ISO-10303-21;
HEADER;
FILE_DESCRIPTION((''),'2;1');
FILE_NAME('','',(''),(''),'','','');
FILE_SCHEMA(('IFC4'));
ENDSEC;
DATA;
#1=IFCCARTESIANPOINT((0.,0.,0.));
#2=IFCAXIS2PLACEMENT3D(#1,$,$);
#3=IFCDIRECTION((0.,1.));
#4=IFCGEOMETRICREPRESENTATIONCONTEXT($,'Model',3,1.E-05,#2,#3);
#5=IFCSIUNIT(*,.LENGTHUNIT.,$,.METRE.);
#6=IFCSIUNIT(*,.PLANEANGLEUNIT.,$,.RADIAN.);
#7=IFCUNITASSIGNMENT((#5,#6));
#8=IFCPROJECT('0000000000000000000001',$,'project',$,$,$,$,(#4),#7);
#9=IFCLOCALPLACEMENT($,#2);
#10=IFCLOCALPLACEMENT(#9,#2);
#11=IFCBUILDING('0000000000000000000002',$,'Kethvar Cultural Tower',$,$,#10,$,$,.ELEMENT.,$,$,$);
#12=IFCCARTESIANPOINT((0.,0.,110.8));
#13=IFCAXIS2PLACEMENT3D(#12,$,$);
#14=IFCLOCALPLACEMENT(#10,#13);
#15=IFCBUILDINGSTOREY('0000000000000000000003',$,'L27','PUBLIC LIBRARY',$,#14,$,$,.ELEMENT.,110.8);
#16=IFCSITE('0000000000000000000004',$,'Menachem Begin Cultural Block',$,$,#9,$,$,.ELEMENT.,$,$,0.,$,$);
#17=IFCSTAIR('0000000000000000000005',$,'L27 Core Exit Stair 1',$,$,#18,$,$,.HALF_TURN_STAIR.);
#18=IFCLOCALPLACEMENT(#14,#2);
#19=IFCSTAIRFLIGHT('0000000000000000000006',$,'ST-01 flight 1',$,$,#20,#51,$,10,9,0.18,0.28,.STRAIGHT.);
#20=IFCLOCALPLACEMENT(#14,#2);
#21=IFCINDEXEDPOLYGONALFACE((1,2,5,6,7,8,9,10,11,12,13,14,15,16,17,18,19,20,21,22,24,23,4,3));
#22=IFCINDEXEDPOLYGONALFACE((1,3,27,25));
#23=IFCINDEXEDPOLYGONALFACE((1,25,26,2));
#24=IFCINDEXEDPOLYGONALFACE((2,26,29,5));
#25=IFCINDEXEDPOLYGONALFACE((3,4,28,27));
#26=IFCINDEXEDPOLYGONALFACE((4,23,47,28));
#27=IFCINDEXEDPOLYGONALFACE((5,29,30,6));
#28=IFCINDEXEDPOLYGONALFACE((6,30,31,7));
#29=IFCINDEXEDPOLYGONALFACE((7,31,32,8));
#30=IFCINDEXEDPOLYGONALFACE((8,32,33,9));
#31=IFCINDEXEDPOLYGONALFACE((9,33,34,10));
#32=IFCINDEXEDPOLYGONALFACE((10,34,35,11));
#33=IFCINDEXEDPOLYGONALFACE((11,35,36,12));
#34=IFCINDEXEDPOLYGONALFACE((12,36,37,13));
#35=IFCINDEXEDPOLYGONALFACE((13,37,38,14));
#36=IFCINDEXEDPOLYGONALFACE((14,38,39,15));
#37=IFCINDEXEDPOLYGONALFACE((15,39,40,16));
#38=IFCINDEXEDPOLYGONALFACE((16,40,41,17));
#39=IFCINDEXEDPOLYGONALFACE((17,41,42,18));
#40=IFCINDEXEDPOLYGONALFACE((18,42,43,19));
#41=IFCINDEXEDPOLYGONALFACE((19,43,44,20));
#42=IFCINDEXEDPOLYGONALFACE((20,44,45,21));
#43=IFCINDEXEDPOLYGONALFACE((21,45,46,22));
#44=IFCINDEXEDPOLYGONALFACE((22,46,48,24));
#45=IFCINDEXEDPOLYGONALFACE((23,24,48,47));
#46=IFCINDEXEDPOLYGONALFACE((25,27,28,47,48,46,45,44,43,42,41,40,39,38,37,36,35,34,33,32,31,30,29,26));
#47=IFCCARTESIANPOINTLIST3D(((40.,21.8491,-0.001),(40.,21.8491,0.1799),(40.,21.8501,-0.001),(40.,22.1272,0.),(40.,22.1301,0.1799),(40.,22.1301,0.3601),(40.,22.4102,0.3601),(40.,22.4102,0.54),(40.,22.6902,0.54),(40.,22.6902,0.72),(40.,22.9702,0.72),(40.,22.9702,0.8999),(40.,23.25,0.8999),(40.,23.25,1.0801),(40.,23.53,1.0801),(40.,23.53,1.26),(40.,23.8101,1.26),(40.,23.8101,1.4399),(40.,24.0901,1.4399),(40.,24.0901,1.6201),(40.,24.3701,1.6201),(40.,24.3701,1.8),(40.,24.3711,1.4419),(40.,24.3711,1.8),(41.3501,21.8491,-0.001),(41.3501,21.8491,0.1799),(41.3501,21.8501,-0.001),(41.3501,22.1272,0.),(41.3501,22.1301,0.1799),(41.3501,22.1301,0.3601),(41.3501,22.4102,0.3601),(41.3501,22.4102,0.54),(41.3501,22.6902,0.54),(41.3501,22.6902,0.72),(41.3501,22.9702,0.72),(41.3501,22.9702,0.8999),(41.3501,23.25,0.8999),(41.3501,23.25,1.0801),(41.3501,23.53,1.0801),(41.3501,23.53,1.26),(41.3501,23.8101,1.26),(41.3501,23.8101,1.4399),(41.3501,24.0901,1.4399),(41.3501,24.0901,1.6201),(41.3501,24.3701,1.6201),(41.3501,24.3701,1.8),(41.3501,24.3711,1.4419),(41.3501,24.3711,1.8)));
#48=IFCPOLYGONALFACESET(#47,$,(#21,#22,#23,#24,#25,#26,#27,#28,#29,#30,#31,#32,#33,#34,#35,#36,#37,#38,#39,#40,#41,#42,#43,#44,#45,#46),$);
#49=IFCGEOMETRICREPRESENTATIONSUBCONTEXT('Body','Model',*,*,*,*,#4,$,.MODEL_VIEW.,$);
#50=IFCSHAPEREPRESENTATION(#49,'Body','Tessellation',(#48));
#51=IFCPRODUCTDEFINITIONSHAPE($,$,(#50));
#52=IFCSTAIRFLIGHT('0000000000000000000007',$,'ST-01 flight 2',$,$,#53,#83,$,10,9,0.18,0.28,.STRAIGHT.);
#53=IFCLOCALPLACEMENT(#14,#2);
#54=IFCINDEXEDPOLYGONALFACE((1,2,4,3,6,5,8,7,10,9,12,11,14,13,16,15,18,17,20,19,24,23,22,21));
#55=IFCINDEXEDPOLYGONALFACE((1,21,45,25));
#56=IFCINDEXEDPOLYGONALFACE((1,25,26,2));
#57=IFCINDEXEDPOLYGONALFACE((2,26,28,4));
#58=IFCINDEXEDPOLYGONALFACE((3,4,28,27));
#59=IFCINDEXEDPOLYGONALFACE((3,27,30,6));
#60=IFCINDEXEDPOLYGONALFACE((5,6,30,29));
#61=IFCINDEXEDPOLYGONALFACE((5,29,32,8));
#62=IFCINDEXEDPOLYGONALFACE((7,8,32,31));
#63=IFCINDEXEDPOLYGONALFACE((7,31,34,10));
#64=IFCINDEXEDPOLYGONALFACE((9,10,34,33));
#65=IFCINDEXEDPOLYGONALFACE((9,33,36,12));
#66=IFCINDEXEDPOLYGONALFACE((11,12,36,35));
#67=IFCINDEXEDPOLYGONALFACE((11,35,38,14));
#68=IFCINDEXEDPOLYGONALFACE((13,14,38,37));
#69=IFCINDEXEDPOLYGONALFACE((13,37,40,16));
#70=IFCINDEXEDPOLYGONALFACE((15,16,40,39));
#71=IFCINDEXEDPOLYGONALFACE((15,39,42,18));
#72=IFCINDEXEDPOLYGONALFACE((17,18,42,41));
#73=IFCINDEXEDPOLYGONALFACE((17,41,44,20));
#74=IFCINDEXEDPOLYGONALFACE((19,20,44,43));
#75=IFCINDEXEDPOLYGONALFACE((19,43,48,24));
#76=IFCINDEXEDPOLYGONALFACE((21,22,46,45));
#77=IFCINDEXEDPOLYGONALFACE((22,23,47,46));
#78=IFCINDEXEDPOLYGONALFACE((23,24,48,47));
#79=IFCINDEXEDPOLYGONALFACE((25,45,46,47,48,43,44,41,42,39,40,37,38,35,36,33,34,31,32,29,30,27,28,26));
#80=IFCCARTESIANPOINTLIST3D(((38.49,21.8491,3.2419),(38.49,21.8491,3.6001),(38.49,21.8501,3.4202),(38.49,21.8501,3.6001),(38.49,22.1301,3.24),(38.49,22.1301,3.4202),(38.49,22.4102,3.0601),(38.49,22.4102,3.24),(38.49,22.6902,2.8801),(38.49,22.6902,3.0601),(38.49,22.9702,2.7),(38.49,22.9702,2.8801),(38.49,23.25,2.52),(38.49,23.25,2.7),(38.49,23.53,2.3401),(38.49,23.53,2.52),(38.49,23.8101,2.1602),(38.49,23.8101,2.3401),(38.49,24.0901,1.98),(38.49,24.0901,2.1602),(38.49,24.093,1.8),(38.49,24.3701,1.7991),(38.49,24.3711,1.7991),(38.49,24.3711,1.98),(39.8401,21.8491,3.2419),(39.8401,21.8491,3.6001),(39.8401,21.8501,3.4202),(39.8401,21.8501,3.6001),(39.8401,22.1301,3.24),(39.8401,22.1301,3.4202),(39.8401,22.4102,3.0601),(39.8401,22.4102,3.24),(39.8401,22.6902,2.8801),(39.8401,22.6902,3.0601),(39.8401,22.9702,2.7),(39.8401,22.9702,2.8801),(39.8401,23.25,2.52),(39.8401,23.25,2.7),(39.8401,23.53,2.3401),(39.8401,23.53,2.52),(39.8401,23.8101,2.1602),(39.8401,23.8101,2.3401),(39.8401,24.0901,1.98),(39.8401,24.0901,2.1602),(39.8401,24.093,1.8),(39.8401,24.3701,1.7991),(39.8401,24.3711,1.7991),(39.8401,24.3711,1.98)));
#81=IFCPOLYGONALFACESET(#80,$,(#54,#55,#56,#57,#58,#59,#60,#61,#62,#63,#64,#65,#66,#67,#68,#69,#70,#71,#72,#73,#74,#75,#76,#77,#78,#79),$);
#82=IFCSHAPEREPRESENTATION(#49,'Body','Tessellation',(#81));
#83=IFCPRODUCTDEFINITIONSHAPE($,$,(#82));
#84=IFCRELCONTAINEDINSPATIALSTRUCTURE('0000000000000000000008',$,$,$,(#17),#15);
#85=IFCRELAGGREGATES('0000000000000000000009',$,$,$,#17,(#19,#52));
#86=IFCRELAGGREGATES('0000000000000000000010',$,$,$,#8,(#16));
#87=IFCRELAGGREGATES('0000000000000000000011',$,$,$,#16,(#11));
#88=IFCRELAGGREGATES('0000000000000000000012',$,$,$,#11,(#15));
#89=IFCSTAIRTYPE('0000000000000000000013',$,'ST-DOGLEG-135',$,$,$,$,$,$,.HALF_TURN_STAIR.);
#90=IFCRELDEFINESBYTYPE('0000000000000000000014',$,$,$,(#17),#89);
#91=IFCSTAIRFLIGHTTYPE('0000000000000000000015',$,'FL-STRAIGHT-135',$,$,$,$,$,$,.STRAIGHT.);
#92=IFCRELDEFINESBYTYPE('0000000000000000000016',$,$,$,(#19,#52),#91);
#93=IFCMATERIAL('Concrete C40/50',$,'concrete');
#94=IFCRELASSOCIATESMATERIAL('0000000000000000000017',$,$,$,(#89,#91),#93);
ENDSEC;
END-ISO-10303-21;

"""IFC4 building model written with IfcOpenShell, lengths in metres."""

from ifc_helpers import new_model, si_unit, direction, frame, origin, place, context, subcontext, project, spatial, polyline, outline, extrude, material, type_object, element, aggregate, save


model = new_model("IFC4")

# Units and contexts
model_context = context("Model", 3, precision=1e-05, world=origin(), true_north=direction((0.0, 1.0)))
body_context = subcontext(model_context, "Body", "Model", "MODEL_VIEW")
ifc_project = project(units=[si_unit("LENGTHUNIT", "METRE"), si_unit("PLANEANGLEUNIT", "RADIAN")], contexts=[model_context])

# Site, building, storey
site_placement = place(None, origin())
site = spatial("IfcSite", under=ifc_project, at=site_placement, Name="Menachem Begin Cultural Block", CompositionType="ELEMENT", RefElevation=0.0)
building_placement = place(site_placement, origin())
building = spatial("IfcBuilding", under=site, at=building_placement, Name="Kethvar Cultural Tower", CompositionType="ELEMENT")
storey_placement = place(building_placement, frame((0.0, 0.0, 110.8)))
storey = spatial("IfcBuildingStorey", under=building, at=storey_placement, Name="L27", Description="PUBLIC LIBRARY", CompositionType="ELEMENT", Elevation=110.8)

# Stair, stair flights
ifc_material_1 = material(Name="Concrete C40/50", Category="concrete")
stair_type = type_object("IfcStairType", Name="ST-DOGLEG-135", PredefinedType="HALF_TURN_STAIR", material=ifc_material_1)
stair_placement = place(storey_placement, origin())
stair = element("IfcStair", 1, at=stair_placement, inside=storey, type_object=stair_type, Name="L27 Core Exit Stair 1", PredefinedType="HALF_TURN_STAIR")
stair_flight_type = type_object("IfcStairFlightType", Name="FL-STRAIGHT-135", PredefinedType="STRAIGHT", material=ifc_material_1)
stair_flight_1_placement = place(storey_placement, frame((40.675, 21.8501, 0.0), z_axis=(0.0, 0.0, 1.0), x_axis=(0.0, 1.0, 0.0)))
stair_flight_1 = element("IfcStairFlight", 2, at=stair_flight_1_placement, type_object=stair_flight_type, Name="ST-01 flight 1", NumberOfRisers=10, NumberOfTreads=9, PredefinedType="STRAIGHT", RiserHeight=0.18, TreadLength=0.28, context=body_context, shape_type="SweptSolid", body=[
    extrude(outline(polyline([(-0.001, -0.001), (-0.001, 0.1799), (0.28, 0.1799), (0.28, 0.3601), (0.5601, 0.3601), (0.5601, 0.54), (0.8401, 0.54), (0.8401, 0.72), (1.1201, 0.72), (1.1201, 0.8999), (1.3999, 0.8999), (1.3999, 1.0801), (1.6799, 1.0801), (1.6799, 1.26), (1.96, 1.26), (1.96, 1.4399), (2.24, 1.4399), (2.24, 1.6201), (2.52, 1.6201), (2.52, 1.8), (2.521, 1.8), (2.521, 1.4419), (0.2771, 0.0), (0.0, -0.001), (-0.001, -0.001)])), frame((0.0, 0.675, 0.0), z_axis=(0.0, -1.0, 0.0), x_axis=(1.0, 0.0, 0.0)), (0.0, 0.0, 1.0), 1.3501),
])
stair_flight_2_placement = place(storey_placement, frame((39.165, 24.3701, 1.8), z_axis=(0.0, 0.0, 1.0), x_axis=(0.0, -1.0, 0.0)))
stair_flight_2 = element("IfcStairFlight", 3, at=stair_flight_2_placement, type_object=stair_flight_type, Name="ST-01 flight 2", NumberOfRisers=10, NumberOfTreads=9, PredefinedType="STRAIGHT", RiserHeight=0.18, TreadLength=0.28, context=body_context, shape_type="SweptSolid", body=[
    extrude(outline(polyline([(-0.001, -0.001), (-0.001, 0.1799), (0.28, 0.1799), (0.28, 0.3601), (0.5601, 0.3601), (0.5601, 0.54), (0.8401, 0.54), (0.8401, 0.72), (1.1201, 0.72), (1.1201, 0.8999), (1.3999, 0.8999), (1.3999, 1.0801), (1.6799, 1.0801), (1.6799, 1.26), (1.96, 1.26), (1.96, 1.4399), (2.24, 1.4399), (2.24, 1.6201), (2.52, 1.6201), (2.52, 1.8), (2.521, 1.8), (2.521, 1.4419), (0.2771, 0.0), (0.0, -0.001), (-0.001, -0.001)])), frame((0.0, 0.675, 0.0), z_axis=(0.0, -1.0, 0.0), x_axis=(1.0, 0.0, 0.0)), (0.0, 0.0, 1.0), 1.3501),
])
aggregate(stair, [stair_flight_1, stair_flight_2])

save(model, "model.ifc")
